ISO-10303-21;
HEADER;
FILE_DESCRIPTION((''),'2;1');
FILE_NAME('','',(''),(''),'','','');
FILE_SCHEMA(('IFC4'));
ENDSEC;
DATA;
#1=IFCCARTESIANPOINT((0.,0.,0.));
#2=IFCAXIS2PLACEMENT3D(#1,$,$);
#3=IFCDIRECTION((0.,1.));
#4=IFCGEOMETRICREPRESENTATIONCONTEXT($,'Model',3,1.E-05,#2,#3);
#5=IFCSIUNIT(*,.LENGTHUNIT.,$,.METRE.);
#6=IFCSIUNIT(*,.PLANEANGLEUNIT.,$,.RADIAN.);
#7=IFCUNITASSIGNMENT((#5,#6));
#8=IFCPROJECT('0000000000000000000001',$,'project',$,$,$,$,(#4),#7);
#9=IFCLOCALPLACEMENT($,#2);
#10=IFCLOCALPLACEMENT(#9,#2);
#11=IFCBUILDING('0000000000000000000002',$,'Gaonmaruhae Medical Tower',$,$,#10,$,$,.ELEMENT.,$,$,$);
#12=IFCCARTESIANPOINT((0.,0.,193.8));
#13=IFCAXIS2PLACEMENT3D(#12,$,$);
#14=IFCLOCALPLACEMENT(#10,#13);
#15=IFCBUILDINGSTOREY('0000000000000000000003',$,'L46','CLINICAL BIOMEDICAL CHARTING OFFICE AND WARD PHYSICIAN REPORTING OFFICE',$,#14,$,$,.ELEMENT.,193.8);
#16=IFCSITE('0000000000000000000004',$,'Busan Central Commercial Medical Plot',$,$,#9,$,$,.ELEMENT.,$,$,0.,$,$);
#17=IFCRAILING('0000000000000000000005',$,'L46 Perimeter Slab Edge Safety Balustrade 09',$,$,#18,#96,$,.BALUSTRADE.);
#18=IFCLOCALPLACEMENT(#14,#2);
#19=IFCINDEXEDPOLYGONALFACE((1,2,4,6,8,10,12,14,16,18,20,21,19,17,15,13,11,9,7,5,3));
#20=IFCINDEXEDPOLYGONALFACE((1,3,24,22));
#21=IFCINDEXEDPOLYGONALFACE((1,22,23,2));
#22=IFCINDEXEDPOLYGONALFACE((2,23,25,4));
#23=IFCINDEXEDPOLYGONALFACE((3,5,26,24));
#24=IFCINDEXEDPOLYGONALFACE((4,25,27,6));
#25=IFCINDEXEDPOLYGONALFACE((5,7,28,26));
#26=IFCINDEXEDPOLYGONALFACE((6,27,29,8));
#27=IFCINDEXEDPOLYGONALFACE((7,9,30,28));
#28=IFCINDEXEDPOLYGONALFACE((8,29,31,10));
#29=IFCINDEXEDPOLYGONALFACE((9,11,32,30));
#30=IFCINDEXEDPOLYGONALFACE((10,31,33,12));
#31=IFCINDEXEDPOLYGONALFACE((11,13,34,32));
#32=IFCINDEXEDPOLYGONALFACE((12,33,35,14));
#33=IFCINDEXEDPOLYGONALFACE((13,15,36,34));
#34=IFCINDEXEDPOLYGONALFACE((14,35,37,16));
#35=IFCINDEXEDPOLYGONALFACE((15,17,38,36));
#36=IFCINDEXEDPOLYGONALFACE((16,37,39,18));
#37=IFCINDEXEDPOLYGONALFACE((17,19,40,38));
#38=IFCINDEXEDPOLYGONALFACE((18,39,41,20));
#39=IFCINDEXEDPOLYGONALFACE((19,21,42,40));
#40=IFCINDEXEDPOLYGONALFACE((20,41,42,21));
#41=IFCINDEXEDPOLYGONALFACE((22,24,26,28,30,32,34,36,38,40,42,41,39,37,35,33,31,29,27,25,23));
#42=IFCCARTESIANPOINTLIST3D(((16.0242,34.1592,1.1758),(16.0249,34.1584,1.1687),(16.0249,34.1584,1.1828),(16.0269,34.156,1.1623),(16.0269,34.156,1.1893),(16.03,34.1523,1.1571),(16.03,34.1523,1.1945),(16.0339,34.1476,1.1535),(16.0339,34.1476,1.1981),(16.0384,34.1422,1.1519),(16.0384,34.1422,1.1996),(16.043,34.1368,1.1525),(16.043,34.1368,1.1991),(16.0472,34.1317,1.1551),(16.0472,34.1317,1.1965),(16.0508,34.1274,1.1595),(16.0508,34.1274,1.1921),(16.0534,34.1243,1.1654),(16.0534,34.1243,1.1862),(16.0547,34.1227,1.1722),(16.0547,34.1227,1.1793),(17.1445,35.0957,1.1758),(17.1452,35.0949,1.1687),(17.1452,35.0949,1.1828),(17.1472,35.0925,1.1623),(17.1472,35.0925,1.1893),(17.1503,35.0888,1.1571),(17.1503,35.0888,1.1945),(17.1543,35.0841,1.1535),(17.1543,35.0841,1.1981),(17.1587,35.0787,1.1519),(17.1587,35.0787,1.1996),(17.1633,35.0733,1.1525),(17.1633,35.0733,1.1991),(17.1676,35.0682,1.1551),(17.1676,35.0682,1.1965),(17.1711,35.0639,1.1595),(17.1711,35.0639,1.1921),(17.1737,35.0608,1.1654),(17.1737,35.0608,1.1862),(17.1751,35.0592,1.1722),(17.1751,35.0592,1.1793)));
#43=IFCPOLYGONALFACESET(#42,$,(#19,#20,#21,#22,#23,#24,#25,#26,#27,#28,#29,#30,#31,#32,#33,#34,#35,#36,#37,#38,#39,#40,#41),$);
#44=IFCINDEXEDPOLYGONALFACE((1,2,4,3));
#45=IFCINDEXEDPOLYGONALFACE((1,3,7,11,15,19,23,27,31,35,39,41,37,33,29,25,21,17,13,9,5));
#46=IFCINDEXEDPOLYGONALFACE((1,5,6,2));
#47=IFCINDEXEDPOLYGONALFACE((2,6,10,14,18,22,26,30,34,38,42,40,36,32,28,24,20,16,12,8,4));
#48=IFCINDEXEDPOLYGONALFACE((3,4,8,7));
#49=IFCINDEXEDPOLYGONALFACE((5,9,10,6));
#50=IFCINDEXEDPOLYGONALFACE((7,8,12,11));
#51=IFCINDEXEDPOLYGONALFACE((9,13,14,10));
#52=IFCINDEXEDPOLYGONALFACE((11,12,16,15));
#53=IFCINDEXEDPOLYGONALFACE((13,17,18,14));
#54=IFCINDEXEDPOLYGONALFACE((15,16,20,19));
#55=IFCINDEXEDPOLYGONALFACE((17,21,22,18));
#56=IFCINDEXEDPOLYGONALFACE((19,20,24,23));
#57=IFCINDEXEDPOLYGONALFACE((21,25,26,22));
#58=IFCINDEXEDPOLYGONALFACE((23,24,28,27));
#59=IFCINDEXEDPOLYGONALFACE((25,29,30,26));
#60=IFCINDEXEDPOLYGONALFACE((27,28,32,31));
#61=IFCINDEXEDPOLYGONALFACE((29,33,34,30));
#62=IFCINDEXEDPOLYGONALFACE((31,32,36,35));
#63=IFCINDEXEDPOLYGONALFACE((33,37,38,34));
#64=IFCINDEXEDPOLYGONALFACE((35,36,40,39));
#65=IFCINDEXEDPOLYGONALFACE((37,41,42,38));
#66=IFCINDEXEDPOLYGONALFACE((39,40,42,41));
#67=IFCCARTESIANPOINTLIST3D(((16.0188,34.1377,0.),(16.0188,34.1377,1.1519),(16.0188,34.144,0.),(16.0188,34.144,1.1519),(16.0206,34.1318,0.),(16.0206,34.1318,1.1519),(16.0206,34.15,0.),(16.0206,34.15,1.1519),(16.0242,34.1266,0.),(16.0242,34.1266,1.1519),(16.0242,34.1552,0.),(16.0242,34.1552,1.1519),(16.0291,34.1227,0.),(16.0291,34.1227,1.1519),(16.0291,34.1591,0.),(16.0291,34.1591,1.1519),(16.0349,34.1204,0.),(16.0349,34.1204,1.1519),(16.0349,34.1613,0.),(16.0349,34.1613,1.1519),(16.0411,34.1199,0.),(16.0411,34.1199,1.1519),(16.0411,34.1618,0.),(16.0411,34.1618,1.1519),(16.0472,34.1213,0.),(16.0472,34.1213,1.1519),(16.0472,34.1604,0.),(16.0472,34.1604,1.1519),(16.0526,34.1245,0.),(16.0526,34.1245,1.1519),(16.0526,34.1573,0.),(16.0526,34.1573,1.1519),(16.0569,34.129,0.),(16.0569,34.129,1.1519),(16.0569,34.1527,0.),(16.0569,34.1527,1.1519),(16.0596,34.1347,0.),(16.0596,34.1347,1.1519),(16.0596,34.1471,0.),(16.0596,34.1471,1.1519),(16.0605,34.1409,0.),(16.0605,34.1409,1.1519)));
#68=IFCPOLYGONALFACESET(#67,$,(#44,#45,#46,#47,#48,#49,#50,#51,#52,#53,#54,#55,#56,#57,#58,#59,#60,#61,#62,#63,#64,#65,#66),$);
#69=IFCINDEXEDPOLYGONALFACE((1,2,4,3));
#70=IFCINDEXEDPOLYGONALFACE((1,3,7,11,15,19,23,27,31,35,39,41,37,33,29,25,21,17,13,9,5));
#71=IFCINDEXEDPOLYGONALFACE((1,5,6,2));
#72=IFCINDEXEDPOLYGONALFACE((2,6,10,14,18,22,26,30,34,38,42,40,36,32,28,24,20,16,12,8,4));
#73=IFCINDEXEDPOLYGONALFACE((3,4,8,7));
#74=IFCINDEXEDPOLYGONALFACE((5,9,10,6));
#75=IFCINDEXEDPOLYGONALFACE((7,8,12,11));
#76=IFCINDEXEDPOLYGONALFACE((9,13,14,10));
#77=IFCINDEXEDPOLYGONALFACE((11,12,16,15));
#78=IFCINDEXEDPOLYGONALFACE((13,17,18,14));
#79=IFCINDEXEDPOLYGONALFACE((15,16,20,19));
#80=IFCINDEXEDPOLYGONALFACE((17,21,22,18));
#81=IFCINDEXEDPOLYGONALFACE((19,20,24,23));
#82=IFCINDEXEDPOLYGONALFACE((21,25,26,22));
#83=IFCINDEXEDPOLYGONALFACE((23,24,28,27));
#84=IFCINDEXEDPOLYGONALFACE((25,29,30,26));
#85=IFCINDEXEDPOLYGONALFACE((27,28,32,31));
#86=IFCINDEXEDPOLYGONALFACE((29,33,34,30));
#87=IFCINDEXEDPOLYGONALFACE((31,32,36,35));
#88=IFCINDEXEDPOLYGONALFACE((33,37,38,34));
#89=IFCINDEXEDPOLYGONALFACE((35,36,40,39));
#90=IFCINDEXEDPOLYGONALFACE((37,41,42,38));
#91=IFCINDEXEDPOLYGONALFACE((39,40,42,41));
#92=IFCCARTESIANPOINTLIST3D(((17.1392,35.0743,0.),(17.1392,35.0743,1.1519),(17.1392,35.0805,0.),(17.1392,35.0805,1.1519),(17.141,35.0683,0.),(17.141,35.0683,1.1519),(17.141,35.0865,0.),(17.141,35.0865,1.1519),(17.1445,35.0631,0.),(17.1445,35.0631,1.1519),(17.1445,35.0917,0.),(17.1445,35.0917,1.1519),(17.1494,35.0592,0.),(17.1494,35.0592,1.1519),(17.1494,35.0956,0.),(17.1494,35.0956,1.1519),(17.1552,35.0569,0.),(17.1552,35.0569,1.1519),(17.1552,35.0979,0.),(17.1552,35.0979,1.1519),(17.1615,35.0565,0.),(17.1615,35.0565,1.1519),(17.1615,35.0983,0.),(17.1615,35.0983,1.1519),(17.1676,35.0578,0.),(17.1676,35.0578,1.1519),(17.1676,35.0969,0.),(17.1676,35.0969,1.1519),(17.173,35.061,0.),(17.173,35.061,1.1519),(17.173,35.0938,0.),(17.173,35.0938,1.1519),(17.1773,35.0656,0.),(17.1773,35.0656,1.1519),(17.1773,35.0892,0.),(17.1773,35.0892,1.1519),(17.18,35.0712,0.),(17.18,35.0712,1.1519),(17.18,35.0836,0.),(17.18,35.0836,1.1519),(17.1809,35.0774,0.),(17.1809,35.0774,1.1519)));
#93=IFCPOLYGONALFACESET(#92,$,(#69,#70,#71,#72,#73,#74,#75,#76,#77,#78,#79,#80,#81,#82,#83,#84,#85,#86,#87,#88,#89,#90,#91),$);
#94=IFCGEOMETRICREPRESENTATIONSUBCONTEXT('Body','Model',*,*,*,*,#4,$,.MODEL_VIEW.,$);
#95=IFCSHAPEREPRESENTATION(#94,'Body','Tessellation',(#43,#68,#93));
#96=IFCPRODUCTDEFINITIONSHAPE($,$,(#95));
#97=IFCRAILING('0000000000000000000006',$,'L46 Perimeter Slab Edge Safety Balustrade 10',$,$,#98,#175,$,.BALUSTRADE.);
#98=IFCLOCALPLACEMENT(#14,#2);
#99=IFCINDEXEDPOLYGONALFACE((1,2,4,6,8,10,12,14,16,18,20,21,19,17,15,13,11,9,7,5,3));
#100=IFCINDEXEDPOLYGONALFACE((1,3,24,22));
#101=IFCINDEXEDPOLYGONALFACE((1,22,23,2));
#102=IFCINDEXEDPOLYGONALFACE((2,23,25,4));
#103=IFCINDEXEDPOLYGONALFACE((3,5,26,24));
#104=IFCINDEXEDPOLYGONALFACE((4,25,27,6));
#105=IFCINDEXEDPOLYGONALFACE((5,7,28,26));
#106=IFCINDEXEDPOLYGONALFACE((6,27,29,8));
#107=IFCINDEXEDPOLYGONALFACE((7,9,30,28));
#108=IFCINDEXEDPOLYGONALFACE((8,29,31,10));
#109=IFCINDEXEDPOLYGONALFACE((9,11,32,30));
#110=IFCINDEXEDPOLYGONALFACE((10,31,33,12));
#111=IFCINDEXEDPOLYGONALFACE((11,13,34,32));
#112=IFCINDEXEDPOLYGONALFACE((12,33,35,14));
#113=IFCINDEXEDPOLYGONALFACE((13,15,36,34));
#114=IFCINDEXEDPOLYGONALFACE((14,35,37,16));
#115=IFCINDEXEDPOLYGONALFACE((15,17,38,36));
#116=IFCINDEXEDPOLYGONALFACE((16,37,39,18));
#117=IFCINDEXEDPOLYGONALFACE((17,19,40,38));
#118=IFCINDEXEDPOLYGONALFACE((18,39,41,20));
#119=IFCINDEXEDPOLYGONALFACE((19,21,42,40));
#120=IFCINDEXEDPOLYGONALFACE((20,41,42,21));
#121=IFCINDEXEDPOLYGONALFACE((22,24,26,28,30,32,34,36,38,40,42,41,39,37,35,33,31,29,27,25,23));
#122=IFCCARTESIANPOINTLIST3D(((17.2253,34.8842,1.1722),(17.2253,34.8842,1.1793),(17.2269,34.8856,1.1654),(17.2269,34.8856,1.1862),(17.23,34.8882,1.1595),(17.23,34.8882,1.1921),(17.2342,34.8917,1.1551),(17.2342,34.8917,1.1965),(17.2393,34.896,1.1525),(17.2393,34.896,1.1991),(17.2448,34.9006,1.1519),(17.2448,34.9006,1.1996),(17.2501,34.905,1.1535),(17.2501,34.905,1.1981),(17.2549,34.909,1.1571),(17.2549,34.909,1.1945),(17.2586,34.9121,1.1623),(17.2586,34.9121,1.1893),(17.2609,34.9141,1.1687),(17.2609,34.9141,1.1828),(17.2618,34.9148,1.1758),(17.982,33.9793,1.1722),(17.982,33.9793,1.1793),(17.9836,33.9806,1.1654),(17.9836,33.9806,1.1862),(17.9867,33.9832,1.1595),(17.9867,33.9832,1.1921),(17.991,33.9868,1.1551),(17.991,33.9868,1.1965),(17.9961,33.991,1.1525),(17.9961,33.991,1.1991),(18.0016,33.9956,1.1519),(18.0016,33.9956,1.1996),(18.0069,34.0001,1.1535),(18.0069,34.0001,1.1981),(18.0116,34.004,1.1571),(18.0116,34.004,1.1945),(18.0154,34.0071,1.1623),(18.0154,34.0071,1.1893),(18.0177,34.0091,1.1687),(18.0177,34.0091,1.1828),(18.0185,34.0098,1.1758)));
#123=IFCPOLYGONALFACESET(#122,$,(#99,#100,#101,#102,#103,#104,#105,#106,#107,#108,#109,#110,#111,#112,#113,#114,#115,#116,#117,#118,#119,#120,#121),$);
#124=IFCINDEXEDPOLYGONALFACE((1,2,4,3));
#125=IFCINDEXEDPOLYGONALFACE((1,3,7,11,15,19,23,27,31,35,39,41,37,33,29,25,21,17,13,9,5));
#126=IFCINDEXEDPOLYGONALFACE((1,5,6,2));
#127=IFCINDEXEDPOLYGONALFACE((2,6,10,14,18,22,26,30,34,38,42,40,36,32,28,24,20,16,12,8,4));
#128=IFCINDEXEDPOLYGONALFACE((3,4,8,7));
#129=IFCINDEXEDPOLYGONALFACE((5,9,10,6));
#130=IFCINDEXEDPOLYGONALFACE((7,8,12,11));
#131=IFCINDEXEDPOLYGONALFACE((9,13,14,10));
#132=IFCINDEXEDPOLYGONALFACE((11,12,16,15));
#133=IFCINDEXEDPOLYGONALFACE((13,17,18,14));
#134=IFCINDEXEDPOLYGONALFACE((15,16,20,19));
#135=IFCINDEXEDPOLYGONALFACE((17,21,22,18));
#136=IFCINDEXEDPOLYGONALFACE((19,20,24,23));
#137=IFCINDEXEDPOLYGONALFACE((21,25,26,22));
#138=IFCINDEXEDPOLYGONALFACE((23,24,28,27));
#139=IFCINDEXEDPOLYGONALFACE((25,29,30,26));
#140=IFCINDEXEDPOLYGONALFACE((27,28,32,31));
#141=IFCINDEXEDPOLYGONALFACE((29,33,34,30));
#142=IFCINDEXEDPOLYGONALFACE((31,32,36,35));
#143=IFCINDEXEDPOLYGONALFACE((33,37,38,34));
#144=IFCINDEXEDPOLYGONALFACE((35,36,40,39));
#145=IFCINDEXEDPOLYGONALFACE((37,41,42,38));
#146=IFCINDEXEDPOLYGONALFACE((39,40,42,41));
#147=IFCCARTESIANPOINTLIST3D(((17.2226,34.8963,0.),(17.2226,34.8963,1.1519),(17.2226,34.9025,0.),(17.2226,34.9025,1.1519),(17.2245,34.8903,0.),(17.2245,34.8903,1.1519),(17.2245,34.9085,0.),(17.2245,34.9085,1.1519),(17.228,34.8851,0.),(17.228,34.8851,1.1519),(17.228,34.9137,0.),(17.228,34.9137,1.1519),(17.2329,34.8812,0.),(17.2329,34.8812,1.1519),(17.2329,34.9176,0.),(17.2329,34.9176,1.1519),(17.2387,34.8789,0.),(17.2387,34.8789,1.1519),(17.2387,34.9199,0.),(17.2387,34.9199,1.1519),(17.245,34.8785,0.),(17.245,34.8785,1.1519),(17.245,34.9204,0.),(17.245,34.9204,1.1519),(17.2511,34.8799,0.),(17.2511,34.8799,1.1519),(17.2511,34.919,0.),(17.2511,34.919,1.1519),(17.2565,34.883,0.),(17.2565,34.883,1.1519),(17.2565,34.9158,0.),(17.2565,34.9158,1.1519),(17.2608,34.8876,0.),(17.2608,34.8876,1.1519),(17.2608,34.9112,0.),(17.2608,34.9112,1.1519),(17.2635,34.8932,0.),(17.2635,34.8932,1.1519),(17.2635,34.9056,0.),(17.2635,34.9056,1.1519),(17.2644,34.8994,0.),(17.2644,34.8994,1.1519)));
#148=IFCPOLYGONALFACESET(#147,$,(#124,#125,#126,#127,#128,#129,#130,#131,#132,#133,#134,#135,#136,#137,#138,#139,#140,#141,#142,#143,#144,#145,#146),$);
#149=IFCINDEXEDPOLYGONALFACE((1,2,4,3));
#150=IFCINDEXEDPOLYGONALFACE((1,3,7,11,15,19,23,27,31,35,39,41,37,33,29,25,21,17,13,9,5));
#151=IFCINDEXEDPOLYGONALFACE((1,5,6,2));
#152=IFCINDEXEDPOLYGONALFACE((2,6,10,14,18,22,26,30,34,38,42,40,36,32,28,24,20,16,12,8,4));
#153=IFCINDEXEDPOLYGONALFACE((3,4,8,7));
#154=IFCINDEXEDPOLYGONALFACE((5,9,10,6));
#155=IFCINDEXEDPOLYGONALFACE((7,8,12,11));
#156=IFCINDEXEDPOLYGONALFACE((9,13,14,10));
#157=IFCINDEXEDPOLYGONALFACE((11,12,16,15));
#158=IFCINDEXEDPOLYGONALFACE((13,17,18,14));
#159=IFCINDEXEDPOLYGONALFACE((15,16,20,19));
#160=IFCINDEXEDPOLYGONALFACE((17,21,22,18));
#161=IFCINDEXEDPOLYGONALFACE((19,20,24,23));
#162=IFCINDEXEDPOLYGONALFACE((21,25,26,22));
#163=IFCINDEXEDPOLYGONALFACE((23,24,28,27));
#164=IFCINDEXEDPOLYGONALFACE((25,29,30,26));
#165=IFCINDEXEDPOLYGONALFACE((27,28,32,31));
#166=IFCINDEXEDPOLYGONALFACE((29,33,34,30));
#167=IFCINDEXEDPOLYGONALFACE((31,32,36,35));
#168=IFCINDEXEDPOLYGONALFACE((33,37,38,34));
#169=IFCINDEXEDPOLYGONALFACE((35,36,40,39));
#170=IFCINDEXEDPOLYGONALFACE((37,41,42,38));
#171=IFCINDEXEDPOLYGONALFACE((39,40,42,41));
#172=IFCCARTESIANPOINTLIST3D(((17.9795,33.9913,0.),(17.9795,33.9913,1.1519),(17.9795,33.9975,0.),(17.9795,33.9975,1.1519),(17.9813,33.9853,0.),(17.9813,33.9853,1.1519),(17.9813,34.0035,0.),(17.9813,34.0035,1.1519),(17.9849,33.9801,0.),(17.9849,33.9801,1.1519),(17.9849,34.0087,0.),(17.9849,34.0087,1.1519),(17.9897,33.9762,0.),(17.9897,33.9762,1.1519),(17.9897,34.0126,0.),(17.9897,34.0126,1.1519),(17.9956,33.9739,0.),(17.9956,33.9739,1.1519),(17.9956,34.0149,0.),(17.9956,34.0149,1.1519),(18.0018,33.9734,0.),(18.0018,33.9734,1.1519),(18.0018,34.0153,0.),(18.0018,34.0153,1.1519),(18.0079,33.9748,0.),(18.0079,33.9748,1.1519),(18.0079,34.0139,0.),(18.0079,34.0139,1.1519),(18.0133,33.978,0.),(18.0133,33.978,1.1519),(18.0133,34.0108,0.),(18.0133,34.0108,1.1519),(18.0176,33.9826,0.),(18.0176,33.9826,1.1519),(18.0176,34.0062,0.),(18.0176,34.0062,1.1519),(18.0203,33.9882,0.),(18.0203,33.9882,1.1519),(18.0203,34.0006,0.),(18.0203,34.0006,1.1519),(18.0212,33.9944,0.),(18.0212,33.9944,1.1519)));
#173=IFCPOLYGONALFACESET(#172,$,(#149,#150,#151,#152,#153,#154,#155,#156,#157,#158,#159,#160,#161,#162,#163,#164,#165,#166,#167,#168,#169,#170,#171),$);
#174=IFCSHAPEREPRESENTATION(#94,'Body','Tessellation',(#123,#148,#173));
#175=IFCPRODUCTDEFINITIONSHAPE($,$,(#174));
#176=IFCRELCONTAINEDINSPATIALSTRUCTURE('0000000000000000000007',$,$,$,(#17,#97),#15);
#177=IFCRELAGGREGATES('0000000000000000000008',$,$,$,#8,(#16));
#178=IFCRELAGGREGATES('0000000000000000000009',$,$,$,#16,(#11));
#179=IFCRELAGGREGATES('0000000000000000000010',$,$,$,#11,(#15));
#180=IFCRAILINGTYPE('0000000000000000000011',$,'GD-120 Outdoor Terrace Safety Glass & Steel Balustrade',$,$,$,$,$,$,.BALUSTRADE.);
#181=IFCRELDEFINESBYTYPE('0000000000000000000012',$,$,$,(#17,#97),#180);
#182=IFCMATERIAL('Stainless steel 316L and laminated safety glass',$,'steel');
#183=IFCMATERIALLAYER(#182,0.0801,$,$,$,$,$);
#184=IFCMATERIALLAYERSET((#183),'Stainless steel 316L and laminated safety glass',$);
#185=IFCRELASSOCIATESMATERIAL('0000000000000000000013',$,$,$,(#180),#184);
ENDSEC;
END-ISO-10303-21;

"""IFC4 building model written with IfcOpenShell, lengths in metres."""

from ifc_helpers import new_model, si_unit, direction, frame, origin, origin_2d, place, context, subcontext, project, spatial, circle, extrude, material, layer, layer_set, type_object, element, save


model = new_model("IFC4")

# Units and contexts
model_context = context("Model", 3, precision=1e-05, world=origin(), true_north=direction((0.0, 1.0)))
body_context = subcontext(model_context, "Body", "Model", "MODEL_VIEW")
ifc_project = project(units=[si_unit("LENGTHUNIT", "METRE"), si_unit("PLANEANGLEUNIT", "RADIAN")], contexts=[model_context])

# Site, building, storey
site_placement = place(None, origin())
site = spatial("IfcSite", under=ifc_project, at=site_placement, Name="Busan Central Commercial Medical Plot", CompositionType="ELEMENT", RefElevation=0.0)
building_placement = place(site_placement, origin())
building = spatial("IfcBuilding", under=site, at=building_placement, Name="Gaonmaruhae Medical Tower", CompositionType="ELEMENT")
storey_placement = place(building_placement, frame((0.0, 0.0, 193.8)))
storey = spatial("IfcBuildingStorey", under=building, at=storey_placement, Name="L46", Description="CLINICAL BIOMEDICAL CHARTING OFFICE AND WARD PHYSICIAN REPORTING OFFICE", CompositionType="ELEMENT", Elevation=193.8)

# Railings
ifc_material_1 = material(Name="Stainless steel 316L and laminated safety glass", Category="steel")
ifc_layer_1 = layer(ifc_material_1, 0.0801)
ifc_layer_set_1 = layer_set([ifc_layer_1], Name="Stainless steel 316L and laminated safety glass")
railing_type = type_object("IfcRailingType", Name="GD-120 Outdoor Terrace Safety Glass & Steel Balustrade", PredefinedType="BALUSTRADE", material=ifc_layer_set_1)
railing_1_placement = place(storey_placement, frame((16.0396, 34.1409, 0.0)))
element("IfcRailing", 1, at=railing_1_placement, inside=storey, type_object=railing_type, Name="L46 Perimeter Slab Edge Safety Balustrade 09", PredefinedType="BALUSTRADE", context=body_context, shape_type="SweptSolid", body=[
    extrude(circle(Radius=0.0239, at=origin_2d()), frame((0.0, 0.0, 1.1758), z_axis=(0.767247, 0.641351, 0.0), x_axis=(-0.641351, 0.767247, 0.0)), (0.0, 0.0, 1.0), 1.4602),
    extrude(circle(Radius=0.021, at=origin_2d()), origin(), (0.0, 0.0, 1.0), 1.1519),
    extrude(circle(Radius=0.021, at=origin_2d()), frame((1.1204, 0.9365, 0.0)), (0.0, 0.0, 1.0), 1.1519),
])
railing_2_placement = place(storey_placement, frame((17.2434, 34.8994, 0.0)))
element("IfcRailing", 2, at=railing_2_placement, inside=storey, type_object=railing_type, Name="L46 Perimeter Slab Edge Safety Balustrade 10", PredefinedType="BALUSTRADE", context=body_context, shape_type="SweptSolid", body=[
    extrude(circle(Radius=0.0239, at=origin_2d()), frame((0.0, 0.0, 1.1758), z_axis=(0.641506, -0.767118, 0.0), x_axis=(0.767118, 0.641506, 0.0)), (0.0, 0.0, 1.0), 1.1797),
    extrude(circle(Radius=0.021, at=origin_2d()), origin(), (0.0, 0.0, 1.0), 1.1519),
    extrude(circle(Radius=0.021, at=origin_2d()), frame((0.7568, -0.905, 0.0)), (0.0, 0.0, 1.0), 1.1519),
])

save(model, "model.ifc")
